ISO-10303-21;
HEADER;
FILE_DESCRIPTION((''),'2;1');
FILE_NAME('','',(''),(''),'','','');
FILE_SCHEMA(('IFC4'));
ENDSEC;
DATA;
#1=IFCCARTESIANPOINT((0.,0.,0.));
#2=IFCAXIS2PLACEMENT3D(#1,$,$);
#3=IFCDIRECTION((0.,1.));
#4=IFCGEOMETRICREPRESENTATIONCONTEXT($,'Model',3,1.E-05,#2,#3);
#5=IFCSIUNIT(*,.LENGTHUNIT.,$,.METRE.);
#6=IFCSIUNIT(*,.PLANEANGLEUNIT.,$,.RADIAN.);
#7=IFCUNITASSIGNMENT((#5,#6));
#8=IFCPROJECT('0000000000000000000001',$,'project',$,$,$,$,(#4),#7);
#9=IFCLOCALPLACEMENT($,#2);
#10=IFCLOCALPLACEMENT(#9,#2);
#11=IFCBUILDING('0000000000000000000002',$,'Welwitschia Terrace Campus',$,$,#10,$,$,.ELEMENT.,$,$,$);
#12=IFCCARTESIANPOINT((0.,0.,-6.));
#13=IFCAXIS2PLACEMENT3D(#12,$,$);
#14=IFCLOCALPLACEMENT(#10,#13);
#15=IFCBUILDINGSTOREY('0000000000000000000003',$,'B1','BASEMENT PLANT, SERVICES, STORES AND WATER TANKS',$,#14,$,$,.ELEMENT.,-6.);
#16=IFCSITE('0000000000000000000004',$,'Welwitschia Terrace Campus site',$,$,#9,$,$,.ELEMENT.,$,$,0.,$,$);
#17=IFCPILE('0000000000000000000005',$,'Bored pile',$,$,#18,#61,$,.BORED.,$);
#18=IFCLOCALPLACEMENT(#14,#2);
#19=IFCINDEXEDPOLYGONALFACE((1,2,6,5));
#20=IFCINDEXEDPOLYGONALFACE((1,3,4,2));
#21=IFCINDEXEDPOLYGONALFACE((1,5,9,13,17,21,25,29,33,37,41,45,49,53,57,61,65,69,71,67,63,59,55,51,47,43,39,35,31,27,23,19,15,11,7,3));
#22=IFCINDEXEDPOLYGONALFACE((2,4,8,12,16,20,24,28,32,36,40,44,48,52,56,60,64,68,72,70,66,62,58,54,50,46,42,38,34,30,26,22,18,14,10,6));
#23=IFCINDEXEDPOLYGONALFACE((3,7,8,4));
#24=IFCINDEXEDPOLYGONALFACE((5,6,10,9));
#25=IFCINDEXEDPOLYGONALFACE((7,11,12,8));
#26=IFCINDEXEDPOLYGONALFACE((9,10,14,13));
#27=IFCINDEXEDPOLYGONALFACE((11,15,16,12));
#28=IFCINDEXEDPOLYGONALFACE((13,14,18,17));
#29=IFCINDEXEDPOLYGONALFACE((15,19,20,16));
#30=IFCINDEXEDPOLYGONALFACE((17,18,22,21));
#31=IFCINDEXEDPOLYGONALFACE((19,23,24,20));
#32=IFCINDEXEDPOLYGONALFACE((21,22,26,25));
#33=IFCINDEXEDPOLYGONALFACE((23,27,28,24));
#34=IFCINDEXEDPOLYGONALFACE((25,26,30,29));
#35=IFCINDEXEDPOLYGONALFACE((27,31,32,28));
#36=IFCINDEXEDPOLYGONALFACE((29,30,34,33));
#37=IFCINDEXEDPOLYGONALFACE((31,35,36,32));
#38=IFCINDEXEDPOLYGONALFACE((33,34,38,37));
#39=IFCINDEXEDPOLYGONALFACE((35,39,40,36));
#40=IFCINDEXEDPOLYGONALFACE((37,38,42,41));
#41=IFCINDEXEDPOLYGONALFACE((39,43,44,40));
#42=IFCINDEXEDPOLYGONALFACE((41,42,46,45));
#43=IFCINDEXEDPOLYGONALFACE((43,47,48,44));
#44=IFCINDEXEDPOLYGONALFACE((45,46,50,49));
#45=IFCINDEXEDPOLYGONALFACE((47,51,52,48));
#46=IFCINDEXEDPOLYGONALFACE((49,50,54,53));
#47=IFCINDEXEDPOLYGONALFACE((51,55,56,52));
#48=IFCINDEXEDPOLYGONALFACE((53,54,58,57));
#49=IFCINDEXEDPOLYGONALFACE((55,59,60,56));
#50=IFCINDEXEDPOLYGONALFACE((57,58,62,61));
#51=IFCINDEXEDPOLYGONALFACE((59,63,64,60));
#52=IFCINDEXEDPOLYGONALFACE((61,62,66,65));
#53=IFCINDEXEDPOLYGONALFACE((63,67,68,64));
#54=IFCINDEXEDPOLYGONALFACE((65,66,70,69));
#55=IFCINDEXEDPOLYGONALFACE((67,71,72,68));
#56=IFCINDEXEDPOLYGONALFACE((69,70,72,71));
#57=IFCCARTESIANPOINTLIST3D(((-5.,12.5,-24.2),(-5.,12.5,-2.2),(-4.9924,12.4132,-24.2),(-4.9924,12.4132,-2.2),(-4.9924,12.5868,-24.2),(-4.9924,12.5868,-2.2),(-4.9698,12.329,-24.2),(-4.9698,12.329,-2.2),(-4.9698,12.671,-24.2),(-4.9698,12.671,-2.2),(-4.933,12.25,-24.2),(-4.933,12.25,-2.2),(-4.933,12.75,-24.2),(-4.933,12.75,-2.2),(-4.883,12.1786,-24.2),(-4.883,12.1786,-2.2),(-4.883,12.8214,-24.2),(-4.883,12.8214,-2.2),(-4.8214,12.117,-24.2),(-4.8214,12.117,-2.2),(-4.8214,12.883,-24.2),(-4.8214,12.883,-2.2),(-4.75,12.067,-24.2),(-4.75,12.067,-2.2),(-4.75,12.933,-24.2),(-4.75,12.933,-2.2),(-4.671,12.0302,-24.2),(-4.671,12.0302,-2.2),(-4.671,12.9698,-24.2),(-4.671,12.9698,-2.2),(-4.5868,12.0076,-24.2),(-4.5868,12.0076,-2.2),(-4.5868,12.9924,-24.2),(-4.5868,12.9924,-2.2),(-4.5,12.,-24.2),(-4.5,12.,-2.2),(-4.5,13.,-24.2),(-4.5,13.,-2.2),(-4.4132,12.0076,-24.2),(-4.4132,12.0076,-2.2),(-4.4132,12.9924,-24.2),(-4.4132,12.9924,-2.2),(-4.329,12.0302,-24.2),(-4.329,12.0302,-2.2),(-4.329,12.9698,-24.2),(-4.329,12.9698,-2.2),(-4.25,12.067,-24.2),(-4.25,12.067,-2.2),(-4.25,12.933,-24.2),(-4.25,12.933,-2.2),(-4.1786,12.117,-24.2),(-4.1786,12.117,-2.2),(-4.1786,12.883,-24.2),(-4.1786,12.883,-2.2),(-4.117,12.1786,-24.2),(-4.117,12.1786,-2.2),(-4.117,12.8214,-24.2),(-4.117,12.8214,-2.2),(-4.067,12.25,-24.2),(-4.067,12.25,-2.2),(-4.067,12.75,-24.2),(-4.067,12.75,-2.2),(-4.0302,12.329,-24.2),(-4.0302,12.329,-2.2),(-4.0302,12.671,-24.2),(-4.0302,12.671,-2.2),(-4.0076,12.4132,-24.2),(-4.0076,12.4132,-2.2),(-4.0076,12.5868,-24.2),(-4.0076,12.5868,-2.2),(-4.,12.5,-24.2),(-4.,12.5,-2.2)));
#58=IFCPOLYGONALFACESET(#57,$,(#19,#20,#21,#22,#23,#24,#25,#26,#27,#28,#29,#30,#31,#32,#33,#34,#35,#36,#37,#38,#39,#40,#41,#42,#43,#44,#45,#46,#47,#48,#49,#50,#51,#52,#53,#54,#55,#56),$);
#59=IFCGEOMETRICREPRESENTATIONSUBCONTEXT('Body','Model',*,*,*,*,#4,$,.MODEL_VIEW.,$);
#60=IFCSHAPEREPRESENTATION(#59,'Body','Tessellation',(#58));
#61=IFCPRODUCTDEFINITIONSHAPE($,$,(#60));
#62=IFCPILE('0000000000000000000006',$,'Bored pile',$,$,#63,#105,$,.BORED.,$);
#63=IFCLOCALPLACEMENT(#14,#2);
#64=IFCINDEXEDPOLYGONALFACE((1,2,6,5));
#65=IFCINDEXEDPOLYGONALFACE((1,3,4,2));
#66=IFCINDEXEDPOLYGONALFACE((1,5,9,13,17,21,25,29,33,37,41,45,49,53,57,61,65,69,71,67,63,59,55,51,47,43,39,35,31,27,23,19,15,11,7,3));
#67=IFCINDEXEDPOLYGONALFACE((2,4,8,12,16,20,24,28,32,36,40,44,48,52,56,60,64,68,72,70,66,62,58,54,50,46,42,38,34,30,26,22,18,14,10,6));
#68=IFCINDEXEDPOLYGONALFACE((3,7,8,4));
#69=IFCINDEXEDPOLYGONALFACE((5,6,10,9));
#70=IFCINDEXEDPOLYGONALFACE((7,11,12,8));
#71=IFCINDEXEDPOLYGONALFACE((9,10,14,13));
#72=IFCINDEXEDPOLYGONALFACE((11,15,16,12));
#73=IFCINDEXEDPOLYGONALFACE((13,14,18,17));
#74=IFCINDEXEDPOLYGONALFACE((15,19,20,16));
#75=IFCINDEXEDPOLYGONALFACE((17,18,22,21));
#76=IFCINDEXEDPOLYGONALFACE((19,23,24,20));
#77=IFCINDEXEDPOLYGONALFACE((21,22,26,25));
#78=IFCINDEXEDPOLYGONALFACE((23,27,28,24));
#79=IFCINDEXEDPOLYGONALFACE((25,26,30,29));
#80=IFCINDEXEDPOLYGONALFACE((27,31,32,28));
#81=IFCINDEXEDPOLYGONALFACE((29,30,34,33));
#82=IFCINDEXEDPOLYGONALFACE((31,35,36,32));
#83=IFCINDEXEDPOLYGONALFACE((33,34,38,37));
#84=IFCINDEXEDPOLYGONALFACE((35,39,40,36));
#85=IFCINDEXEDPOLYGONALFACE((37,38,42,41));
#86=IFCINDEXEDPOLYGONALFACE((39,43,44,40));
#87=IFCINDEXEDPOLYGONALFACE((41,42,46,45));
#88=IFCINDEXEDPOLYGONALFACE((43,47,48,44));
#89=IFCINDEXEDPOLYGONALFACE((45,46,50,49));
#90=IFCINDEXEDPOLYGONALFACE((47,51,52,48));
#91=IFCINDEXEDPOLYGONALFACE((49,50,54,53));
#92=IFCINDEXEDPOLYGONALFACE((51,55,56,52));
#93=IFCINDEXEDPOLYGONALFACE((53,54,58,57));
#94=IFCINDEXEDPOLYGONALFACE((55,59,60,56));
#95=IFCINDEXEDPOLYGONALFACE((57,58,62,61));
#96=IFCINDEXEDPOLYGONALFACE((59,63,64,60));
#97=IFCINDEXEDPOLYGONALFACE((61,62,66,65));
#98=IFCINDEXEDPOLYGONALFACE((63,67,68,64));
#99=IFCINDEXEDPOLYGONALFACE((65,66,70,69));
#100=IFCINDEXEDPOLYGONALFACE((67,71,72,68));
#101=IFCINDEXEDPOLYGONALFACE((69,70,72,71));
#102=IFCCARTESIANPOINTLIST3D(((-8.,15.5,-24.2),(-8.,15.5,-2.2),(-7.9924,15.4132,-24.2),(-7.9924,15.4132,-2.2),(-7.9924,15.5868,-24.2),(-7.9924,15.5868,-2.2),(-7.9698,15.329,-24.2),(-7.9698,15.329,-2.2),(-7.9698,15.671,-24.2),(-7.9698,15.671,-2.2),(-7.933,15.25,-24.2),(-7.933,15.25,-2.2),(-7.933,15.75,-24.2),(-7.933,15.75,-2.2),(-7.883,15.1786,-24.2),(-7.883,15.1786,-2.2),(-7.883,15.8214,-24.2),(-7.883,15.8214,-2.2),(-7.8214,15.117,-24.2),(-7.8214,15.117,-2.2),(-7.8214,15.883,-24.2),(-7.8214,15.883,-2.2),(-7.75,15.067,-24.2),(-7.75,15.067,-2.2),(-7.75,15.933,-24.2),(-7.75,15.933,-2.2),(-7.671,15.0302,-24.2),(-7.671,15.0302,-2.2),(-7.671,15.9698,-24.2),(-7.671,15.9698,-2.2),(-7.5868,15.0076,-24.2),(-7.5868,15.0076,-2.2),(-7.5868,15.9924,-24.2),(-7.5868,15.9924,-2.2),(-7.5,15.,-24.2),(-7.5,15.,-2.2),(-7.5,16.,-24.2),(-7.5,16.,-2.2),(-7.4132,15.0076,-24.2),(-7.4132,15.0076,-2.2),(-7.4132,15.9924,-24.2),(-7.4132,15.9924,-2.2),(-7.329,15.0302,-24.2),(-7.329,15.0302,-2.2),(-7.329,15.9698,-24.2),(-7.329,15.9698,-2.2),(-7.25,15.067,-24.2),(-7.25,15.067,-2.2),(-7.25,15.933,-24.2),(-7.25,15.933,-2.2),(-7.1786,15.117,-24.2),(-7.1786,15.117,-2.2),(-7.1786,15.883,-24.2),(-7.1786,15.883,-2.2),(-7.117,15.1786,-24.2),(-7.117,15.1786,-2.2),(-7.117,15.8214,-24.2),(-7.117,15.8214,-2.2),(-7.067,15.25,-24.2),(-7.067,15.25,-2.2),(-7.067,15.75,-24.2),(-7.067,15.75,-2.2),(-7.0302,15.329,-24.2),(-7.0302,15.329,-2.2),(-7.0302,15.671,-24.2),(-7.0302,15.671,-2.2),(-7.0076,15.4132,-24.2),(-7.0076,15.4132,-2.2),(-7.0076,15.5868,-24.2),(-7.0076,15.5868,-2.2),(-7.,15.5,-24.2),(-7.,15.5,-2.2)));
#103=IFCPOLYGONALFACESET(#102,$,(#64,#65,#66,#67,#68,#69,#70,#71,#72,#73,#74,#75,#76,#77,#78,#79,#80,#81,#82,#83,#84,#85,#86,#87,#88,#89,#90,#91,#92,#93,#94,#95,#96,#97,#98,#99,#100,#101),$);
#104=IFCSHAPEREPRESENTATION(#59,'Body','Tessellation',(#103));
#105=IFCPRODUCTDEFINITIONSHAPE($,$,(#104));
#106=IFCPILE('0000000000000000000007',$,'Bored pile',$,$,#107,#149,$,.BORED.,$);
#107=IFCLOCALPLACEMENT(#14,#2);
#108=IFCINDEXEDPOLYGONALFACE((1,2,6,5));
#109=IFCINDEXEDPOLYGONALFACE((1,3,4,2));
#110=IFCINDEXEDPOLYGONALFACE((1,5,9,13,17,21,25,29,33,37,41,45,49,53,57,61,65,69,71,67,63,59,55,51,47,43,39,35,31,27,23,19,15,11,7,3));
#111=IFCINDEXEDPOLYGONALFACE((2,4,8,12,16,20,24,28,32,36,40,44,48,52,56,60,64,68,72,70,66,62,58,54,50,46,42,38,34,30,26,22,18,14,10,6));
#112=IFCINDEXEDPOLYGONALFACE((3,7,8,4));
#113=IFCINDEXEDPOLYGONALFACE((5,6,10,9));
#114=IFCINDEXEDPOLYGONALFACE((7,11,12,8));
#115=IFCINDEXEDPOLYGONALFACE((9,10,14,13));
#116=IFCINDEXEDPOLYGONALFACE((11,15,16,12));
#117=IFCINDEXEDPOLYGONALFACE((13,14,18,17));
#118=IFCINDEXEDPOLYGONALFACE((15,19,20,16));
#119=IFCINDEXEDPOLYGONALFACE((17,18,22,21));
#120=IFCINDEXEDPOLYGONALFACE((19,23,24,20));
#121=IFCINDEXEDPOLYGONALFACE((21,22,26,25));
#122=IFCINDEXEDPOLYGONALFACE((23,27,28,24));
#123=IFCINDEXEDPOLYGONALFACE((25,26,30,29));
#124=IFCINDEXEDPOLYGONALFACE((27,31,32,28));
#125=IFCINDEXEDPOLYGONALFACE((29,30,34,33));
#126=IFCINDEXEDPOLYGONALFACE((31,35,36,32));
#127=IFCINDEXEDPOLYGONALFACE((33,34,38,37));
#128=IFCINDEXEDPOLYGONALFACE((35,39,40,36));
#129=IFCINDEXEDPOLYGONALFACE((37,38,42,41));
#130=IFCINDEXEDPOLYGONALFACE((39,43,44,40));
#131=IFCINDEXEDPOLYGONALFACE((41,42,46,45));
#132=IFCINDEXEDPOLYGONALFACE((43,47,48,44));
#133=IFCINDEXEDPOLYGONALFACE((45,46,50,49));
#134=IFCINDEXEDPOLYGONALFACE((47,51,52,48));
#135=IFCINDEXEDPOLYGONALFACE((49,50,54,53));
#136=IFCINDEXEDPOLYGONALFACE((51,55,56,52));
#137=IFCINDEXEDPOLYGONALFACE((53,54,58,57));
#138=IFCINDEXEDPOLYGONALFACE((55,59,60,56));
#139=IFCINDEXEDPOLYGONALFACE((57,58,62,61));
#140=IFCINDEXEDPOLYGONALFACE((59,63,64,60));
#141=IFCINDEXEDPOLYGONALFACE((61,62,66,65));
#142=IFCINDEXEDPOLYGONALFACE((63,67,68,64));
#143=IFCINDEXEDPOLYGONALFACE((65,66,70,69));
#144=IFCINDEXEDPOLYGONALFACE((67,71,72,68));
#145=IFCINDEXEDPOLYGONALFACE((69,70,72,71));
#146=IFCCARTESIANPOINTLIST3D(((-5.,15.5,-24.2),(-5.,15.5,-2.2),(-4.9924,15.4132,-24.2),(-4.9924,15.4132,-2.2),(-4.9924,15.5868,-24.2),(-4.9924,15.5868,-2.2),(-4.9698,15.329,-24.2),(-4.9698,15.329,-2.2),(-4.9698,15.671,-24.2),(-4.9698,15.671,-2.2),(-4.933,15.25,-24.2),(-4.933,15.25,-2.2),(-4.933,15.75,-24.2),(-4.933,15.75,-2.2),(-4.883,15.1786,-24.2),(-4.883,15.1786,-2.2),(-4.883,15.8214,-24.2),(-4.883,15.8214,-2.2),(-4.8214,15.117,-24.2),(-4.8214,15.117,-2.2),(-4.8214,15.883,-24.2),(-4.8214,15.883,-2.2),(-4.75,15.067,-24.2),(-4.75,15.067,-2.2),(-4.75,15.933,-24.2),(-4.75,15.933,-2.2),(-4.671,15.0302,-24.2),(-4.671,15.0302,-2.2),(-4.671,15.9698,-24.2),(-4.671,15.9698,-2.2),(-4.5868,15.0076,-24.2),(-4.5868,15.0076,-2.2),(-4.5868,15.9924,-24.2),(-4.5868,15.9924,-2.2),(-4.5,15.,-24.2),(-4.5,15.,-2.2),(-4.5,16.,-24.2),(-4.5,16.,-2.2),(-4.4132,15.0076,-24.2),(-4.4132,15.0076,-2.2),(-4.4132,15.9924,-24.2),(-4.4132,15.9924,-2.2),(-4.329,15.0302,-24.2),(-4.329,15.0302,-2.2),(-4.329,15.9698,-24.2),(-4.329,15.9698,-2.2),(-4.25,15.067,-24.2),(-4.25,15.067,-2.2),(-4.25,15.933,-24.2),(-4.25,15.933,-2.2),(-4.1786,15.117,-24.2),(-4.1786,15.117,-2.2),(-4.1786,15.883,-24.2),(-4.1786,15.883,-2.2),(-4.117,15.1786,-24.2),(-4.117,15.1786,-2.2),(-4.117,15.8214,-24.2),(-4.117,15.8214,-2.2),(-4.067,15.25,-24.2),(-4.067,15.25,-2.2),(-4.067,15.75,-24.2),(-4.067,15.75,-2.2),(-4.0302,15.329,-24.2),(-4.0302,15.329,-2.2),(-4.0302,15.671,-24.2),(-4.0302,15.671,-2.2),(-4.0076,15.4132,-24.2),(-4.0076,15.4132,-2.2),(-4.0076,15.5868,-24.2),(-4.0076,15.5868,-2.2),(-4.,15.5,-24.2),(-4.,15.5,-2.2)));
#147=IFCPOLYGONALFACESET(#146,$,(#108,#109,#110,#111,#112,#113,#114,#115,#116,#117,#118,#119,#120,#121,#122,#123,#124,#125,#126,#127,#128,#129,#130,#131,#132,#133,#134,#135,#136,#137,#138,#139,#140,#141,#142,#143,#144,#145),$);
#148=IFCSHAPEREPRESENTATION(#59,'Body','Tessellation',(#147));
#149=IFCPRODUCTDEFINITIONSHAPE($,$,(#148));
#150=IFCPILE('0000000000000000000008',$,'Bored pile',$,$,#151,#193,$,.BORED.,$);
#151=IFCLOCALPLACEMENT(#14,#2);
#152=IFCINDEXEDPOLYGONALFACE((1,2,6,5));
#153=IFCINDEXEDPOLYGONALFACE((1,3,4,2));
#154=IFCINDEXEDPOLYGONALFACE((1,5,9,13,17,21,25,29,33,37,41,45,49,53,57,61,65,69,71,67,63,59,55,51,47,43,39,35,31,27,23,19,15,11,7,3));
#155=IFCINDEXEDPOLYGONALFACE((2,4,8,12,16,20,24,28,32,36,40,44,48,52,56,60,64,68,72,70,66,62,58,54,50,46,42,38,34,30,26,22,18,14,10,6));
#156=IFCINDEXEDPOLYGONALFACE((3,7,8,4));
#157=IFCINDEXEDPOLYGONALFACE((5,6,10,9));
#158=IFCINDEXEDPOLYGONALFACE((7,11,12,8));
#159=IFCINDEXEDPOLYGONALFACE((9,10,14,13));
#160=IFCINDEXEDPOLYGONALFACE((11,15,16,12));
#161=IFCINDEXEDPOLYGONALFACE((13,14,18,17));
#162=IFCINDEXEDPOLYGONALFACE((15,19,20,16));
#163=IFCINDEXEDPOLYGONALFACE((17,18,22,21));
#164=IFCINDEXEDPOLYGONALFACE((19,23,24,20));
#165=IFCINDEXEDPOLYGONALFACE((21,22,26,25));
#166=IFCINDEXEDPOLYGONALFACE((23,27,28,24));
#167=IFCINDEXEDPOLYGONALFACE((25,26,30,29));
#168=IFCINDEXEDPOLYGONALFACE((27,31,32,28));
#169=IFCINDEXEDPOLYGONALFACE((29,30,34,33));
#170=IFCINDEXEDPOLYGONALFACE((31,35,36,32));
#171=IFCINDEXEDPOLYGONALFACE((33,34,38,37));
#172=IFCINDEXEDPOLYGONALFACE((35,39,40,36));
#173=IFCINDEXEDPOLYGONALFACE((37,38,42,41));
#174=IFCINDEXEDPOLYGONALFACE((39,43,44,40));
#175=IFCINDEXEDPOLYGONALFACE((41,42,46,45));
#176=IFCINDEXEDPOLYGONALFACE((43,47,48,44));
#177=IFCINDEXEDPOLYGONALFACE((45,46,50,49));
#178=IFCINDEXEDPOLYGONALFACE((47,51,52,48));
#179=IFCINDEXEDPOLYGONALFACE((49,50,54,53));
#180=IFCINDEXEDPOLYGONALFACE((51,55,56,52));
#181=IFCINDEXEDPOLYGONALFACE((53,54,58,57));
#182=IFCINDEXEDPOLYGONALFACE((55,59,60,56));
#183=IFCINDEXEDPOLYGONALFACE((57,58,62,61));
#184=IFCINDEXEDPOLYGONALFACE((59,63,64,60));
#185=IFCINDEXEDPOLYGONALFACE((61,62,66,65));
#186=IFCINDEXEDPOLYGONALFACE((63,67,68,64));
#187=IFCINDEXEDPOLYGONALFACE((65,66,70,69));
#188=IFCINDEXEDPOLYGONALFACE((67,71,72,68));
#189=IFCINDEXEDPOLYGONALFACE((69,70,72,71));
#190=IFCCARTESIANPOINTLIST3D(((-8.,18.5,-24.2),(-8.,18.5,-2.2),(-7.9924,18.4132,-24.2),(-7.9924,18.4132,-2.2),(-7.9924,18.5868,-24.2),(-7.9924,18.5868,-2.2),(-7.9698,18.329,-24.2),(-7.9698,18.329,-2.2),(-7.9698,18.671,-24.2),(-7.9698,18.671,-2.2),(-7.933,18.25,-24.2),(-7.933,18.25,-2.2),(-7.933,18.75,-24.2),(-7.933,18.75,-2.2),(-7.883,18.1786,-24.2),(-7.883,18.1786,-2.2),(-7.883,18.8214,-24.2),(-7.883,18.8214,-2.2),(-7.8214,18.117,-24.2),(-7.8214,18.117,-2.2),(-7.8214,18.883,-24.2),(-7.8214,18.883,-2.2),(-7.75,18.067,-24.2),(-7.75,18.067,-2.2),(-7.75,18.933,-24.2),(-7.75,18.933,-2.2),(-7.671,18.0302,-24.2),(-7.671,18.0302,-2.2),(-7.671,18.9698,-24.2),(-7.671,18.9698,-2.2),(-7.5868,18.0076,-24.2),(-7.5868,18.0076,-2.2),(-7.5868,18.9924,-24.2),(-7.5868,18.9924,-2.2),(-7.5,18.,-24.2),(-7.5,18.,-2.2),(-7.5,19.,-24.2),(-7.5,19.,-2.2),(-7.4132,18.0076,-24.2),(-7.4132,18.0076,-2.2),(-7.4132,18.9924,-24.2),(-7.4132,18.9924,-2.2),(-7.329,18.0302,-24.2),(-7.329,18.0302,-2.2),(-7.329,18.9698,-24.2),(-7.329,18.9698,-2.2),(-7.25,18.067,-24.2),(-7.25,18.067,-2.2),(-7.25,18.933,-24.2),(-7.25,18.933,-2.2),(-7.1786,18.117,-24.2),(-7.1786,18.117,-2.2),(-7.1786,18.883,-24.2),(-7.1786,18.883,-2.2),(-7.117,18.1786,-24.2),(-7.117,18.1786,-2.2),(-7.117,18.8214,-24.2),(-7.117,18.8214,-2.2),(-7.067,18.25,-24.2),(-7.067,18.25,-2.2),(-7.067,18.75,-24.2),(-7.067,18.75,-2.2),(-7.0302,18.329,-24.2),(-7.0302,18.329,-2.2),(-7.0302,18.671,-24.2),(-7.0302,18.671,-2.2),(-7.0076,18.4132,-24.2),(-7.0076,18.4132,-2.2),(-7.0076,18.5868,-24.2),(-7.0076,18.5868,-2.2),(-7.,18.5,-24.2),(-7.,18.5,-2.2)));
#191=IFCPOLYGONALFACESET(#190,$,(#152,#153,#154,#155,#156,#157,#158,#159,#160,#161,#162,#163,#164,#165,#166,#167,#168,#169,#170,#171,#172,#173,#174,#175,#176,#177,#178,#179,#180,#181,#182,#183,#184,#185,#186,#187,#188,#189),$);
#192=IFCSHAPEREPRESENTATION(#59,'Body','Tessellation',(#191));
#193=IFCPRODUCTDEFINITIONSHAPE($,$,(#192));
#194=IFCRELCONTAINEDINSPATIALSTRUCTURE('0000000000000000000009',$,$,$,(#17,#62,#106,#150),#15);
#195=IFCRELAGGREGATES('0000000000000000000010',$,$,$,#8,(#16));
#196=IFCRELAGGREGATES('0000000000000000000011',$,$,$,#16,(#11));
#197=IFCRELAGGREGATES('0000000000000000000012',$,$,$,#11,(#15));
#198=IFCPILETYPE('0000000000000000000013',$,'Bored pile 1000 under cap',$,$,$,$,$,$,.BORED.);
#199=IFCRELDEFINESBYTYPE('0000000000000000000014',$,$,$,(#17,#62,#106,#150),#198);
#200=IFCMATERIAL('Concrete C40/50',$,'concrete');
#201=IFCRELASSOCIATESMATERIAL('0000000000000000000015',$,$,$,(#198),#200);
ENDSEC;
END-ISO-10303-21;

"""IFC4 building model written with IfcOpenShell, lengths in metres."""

from ifc_helpers import new_model, si_unit, direction, frame, origin, origin_2d, place, context, subcontext, project, spatial, circle, extrude, material, type_object, element, save


model = new_model("IFC4")

# Units and contexts
model_context = context("Model", 3, precision=1e-05, world=origin(), true_north=direction((0.0, 1.0)))
body_context = subcontext(model_context, "Body", "Model", "MODEL_VIEW")
ifc_project = project(units=[si_unit("LENGTHUNIT", "METRE"), si_unit("PLANEANGLEUNIT", "RADIAN")], contexts=[model_context])

# Site, building, storey
site_placement = place(None, origin())
site = spatial("IfcSite", under=ifc_project, at=site_placement, Name="Welwitschia Terrace Campus site", CompositionType="ELEMENT", RefElevation=0.0)
building_placement = place(site_placement, origin())
building = spatial("IfcBuilding", under=site, at=building_placement, Name="Welwitschia Terrace Campus", CompositionType="ELEMENT")
storey_placement = place(building_placement, frame((0.0, 0.0, -6.0)))
storey = spatial("IfcBuildingStorey", under=building, at=storey_placement, Name="B1", Description="BASEMENT PLANT, SERVICES, STORES AND WATER TANKS", CompositionType="ELEMENT", Elevation=-6.0)

# Piles
ifc_material_1 = material(Name="Concrete C40/50", Category="concrete")
pile_type_1 = type_object("IfcPileType", Name="Bored pile 1000 under cap", PredefinedType="BORED", material=ifc_material_1)
for number, where, z_axis, x_axis, name in (
    (1, (-4.5, 12.5, -2.2), (0.0, 0.0, -1.0), (1.0, 0.0, 0.0), "Bored pile"),
    (2, (-7.5, 15.5, -2.2), (0.0, 0.0, -1.0), (1.0, 0.0, 0.0), "Bored pile"),
    (3, (-4.5, 15.5, -2.2), (0.0, 0.0, -1.0), (1.0, 0.0, 0.0), "Bored pile"),
    (4, (-7.5, 18.5, -2.2), (0.0, 0.0, -1.0), (1.0, 0.0, 0.0), "Bored pile"),
):
    element("IfcPile", number, at=place(storey_placement, frame(where, z_axis=z_axis, x_axis=x_axis)), inside=storey, type_object=pile_type_1, Name=name, PredefinedType="BORED", context=body_context, shape_type="SweptSolid", body=[
        extrude(circle(Radius=0.5, at=origin_2d()), origin(), (0.0, 0.0, 1.0), 22.0),
    ])

save(model, "model.ifc")
